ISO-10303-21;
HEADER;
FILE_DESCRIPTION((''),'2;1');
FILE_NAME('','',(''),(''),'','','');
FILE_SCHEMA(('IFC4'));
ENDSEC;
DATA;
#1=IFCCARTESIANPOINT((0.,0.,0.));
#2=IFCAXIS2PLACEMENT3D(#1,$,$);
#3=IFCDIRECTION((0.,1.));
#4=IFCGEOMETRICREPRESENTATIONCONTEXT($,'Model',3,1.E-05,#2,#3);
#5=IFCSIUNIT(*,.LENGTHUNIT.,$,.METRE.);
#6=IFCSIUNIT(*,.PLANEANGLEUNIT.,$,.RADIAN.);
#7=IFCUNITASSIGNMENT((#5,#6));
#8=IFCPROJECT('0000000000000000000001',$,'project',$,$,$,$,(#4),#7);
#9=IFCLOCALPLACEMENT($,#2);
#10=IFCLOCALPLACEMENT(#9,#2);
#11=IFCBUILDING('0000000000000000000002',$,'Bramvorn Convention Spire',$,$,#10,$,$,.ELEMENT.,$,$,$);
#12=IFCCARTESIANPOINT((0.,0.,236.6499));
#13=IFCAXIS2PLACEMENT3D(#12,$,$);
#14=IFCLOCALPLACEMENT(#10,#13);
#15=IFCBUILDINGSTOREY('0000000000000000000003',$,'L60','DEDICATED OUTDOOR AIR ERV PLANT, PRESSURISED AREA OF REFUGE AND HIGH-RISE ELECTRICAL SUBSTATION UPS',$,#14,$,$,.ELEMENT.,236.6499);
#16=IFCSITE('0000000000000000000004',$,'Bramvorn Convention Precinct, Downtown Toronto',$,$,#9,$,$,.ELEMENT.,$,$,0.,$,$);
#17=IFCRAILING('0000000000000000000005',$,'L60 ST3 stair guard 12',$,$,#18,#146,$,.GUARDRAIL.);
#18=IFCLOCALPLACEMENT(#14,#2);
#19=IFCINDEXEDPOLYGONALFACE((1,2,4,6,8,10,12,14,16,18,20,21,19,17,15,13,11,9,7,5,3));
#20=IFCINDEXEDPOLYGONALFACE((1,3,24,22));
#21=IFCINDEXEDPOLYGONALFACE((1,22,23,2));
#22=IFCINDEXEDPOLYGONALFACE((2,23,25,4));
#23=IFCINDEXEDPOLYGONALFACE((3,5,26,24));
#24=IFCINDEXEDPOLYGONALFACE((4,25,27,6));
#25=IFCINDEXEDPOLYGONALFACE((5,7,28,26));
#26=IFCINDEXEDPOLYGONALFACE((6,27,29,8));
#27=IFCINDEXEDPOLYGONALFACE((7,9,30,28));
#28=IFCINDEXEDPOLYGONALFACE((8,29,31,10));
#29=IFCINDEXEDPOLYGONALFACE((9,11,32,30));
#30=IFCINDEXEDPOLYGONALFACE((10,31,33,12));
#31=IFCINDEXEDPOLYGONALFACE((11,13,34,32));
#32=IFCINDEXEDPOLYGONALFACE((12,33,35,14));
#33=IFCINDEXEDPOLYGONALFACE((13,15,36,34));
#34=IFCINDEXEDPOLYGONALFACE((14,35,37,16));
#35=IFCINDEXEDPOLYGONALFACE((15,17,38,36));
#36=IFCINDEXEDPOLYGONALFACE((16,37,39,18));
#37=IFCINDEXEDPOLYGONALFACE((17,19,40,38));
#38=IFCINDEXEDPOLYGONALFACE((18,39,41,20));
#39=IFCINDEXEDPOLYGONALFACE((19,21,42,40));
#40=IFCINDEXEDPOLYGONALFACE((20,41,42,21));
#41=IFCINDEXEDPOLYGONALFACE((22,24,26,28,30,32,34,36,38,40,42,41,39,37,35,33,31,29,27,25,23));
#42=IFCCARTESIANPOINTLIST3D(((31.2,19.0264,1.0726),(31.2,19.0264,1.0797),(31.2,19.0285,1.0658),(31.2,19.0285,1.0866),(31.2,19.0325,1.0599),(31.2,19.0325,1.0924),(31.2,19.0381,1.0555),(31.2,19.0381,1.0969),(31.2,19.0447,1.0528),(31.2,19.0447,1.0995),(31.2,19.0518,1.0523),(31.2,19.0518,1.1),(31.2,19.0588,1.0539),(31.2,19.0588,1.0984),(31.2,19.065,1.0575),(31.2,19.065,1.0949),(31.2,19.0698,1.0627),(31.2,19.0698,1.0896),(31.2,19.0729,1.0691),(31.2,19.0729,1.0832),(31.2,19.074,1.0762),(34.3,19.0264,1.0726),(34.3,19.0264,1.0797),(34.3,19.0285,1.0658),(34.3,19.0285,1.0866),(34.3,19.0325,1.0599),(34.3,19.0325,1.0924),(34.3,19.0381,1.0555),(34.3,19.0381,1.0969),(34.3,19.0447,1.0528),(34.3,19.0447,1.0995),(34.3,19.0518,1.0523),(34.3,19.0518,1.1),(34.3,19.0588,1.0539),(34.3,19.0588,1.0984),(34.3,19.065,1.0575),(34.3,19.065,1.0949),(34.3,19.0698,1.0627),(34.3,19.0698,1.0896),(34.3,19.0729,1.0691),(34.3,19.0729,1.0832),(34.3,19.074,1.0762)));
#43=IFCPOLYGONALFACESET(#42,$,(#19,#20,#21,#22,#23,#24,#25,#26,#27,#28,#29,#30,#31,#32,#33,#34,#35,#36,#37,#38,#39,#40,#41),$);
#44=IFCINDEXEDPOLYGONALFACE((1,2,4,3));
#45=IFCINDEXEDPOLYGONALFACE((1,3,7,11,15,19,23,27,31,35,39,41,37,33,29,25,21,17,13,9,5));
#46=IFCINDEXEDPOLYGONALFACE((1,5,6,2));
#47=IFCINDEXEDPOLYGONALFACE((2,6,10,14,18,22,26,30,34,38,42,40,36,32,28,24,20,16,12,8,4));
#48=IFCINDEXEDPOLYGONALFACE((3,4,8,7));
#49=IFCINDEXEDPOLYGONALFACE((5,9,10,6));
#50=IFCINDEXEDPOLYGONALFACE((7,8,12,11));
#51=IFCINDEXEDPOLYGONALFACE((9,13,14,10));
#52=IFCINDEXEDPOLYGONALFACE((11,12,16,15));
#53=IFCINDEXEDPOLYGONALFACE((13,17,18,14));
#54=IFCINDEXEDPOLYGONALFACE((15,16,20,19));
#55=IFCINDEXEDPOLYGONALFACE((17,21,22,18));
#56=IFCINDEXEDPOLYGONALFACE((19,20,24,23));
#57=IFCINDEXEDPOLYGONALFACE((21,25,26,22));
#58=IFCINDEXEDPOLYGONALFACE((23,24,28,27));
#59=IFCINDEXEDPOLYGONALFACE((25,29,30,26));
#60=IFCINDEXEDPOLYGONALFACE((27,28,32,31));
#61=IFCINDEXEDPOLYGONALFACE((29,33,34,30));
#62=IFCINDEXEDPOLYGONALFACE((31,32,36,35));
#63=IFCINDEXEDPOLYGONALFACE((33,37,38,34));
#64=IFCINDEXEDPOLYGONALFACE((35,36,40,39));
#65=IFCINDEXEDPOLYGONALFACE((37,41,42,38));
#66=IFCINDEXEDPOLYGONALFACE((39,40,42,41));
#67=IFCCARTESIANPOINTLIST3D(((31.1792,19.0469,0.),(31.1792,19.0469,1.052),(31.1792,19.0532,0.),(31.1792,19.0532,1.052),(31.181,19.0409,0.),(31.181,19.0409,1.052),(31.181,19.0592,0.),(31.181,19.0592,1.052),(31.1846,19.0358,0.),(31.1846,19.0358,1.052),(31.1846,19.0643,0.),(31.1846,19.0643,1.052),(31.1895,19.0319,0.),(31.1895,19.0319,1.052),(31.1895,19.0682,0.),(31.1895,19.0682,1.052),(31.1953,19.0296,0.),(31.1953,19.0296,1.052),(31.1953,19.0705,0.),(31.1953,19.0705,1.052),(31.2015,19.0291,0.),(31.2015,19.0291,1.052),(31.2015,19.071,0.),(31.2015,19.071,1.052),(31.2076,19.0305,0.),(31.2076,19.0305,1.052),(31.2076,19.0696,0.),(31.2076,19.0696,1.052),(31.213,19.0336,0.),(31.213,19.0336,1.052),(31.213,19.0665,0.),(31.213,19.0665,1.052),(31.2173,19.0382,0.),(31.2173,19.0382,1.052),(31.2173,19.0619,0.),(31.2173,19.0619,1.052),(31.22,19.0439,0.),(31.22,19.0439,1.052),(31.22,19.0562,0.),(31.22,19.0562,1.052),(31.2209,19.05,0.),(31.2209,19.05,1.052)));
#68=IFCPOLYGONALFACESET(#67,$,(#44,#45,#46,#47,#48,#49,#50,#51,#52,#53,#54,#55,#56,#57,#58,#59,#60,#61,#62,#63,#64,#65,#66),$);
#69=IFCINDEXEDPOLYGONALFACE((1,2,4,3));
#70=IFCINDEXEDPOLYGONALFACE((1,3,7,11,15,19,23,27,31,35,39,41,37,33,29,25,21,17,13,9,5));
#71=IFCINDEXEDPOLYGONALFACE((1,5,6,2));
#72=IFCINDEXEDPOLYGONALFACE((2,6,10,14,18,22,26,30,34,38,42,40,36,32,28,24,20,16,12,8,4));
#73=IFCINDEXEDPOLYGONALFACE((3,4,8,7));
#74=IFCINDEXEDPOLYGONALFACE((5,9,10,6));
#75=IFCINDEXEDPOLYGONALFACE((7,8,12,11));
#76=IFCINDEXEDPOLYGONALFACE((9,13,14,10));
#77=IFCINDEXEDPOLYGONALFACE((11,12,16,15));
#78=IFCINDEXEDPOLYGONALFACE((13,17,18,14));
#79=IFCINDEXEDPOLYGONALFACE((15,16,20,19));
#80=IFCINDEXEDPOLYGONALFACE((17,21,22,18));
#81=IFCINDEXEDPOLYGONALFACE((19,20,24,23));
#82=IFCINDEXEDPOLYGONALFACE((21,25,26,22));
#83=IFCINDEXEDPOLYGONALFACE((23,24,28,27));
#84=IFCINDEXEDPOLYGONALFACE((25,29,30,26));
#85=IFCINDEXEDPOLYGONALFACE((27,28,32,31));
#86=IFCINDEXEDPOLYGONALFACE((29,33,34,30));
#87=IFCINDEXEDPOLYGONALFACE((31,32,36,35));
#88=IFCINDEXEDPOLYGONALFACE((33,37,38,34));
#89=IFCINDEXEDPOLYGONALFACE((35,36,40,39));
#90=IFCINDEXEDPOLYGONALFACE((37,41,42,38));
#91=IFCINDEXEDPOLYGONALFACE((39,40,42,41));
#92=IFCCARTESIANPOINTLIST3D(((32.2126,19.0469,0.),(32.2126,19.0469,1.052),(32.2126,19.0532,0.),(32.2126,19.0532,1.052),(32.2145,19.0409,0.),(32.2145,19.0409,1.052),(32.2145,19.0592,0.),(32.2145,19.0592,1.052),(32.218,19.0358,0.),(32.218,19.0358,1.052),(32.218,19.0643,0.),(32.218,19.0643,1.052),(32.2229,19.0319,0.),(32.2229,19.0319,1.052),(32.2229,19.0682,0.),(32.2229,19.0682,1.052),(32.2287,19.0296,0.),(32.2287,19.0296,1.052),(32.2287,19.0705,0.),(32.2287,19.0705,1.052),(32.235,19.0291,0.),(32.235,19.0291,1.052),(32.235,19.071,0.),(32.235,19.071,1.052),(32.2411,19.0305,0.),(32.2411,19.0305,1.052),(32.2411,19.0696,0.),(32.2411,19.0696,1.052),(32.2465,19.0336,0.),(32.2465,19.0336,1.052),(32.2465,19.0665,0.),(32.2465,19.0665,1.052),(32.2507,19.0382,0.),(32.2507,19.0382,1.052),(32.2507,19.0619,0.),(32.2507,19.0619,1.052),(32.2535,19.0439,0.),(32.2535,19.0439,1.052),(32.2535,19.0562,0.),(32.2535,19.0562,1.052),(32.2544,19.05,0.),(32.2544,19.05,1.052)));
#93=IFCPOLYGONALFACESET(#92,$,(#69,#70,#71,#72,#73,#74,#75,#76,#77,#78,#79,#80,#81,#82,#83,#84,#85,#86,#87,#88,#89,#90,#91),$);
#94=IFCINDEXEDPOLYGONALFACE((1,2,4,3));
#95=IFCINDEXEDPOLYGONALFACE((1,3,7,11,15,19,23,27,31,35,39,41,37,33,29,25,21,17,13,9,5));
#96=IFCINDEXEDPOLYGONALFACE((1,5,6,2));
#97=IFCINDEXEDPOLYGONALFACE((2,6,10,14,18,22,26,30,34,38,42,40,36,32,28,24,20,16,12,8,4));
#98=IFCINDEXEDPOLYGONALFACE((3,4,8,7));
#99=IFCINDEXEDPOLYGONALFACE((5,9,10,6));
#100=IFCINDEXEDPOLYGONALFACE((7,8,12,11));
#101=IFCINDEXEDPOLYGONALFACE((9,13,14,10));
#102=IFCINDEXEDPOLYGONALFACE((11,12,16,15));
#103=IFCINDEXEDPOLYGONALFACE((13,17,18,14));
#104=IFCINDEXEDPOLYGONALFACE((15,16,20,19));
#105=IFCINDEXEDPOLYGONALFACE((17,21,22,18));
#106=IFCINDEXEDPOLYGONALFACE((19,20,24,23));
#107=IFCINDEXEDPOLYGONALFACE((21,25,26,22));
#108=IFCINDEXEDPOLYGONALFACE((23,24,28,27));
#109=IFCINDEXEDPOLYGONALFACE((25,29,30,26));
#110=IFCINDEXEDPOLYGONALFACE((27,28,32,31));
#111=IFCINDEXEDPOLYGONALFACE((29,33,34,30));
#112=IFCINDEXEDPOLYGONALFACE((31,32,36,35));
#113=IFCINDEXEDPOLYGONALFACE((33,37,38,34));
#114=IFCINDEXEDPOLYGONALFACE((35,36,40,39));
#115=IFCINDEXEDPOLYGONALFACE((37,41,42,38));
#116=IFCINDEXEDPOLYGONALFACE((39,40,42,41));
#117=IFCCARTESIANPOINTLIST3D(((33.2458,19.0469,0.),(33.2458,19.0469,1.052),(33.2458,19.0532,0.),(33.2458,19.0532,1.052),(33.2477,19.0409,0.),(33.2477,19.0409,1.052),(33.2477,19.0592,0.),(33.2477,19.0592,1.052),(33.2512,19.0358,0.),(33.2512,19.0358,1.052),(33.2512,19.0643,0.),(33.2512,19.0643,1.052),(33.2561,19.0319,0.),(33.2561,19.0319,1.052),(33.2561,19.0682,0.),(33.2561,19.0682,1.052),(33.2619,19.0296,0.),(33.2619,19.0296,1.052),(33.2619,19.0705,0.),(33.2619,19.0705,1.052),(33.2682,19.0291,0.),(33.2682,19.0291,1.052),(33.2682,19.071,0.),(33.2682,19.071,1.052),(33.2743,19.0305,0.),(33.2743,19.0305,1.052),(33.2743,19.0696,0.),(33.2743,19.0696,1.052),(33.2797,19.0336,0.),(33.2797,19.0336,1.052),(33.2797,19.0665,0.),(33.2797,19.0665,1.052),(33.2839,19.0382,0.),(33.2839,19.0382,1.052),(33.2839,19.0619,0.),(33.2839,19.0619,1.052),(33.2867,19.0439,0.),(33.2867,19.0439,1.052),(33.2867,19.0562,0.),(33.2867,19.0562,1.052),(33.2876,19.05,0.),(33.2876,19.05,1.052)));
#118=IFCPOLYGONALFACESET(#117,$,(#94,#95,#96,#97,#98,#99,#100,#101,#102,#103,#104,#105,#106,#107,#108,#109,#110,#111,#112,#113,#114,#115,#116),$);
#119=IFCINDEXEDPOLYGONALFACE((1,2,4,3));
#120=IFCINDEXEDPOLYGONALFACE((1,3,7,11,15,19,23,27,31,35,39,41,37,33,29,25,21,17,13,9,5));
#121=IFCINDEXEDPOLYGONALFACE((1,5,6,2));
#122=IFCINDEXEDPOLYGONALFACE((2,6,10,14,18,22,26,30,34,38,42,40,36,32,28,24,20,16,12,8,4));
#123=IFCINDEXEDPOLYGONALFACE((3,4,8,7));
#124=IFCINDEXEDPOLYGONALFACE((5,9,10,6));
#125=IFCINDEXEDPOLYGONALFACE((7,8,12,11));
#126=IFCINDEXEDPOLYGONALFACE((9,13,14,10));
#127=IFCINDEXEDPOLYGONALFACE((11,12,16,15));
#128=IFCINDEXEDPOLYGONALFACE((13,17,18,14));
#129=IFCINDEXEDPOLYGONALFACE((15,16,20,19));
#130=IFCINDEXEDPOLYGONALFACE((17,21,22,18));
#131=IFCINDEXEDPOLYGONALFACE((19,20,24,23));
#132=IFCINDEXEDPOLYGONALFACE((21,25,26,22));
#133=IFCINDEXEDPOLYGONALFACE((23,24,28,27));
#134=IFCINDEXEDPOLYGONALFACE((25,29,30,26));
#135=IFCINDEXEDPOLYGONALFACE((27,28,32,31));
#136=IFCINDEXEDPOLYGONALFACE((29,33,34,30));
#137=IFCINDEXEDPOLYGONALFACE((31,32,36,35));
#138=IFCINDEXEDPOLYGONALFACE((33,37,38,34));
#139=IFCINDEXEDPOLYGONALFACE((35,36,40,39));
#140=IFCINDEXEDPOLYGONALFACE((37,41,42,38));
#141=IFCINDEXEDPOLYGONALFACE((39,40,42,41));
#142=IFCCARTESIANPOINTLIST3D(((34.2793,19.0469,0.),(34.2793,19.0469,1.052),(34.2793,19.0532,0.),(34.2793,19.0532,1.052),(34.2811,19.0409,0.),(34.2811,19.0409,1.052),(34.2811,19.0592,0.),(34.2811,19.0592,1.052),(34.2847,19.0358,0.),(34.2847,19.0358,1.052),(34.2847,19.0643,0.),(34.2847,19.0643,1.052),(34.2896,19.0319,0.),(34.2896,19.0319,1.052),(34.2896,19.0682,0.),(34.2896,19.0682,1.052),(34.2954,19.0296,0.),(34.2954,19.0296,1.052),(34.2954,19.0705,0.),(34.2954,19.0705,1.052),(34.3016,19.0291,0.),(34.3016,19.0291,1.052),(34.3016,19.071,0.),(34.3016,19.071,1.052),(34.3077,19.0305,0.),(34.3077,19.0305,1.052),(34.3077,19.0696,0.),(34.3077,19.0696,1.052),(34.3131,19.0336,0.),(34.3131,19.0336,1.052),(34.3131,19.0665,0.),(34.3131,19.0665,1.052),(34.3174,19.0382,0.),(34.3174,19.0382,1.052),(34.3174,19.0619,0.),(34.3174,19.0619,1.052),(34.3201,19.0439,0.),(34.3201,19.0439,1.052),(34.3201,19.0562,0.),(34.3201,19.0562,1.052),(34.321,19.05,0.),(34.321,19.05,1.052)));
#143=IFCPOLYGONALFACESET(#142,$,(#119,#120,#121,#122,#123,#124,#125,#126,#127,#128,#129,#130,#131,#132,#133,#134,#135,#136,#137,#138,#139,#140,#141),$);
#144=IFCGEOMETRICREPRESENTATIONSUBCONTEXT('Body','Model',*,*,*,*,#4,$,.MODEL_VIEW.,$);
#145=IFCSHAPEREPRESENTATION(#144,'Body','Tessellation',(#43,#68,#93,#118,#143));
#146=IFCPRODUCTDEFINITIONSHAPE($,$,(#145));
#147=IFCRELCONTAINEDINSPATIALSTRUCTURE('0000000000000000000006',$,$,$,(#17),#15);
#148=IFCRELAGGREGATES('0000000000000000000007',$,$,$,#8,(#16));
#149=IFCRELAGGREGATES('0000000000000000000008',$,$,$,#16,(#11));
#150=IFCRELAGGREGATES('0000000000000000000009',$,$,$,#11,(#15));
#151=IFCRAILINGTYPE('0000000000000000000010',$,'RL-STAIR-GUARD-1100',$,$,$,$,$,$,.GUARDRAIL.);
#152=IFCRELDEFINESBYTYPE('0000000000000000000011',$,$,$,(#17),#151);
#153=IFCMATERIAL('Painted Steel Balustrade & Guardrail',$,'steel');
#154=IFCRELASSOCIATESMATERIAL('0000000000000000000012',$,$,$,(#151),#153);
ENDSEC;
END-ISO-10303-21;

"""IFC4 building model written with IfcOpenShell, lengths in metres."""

from ifc_helpers import new_model, si_unit, direction, frame, origin, origin_2d, place, context, subcontext, project, spatial, circle, extrude, material, type_object, element, save


model = new_model("IFC4")

# Units and contexts
model_context = context("Model", 3, precision=1e-05, world=origin(), true_north=direction((0.0, 1.0)))
body_context = subcontext(model_context, "Body", "Model", "MODEL_VIEW")
ifc_project = project(units=[si_unit("LENGTHUNIT", "METRE"), si_unit("PLANEANGLEUNIT", "RADIAN")], contexts=[model_context])

# Site, building, storey
site_placement = place(None, origin())
site = spatial("IfcSite", under=ifc_project, at=site_placement, Name="Bramvorn Convention Precinct, Downtown Toronto", CompositionType="ELEMENT", RefElevation=0.0)
building_placement = place(site_placement, origin())
building = spatial("IfcBuilding", under=site, at=building_placement, Name="Bramvorn Convention Spire", CompositionType="ELEMENT")
storey_placement = place(building_placement, frame((0.0, 0.0, 236.6499)))
storey = spatial("IfcBuildingStorey", under=building, at=storey_placement, Name="L60", Description="DEDICATED OUTDOOR AIR ERV PLANT, PRESSURISED AREA OF REFUGE AND HIGH-RISE ELECTRICAL SUBSTATION UPS", CompositionType="ELEMENT", Elevation=236.6499)

# Railing
ifc_material_1 = material(Name="Painted Steel Balustrade & Guardrail", Category="steel")
railing_type = type_object("IfcRailingType", Name="RL-STAIR-GUARD-1100", PredefinedType="GUARDRAIL", material=ifc_material_1)
railing_1_placement = place(storey_placement, frame((31.2, 19.05, 0.0)))
element("IfcRailing", 1, at=railing_1_placement, inside=storey, type_object=railing_type, Name="L60 ST3 stair guard 12", PredefinedType="GUARDRAIL", context=body_context, shape_type="SweptSolid", body=[
    extrude(circle(Radius=0.0239, at=origin_2d()), frame((0.0, 0.0, 1.0762), z_axis=(1.0, 0.0, 0.0), x_axis=(0.0, 1.0, 0.0)), (0.0, 0.0, 1.0), 3.1001),
    extrude(circle(Radius=0.021, at=origin_2d()), origin(), (0.0, 0.0, 1.0), 1.052),
    extrude(circle(Radius=0.021, at=origin_2d()), frame((1.0334, 0.0, 0.0)), (0.0, 0.0, 1.0), 1.052),
    extrude(circle(Radius=0.021, at=origin_2d()), frame((2.0667, 0.0, 0.0)), (0.0, 0.0, 1.0), 1.052),
    extrude(circle(Radius=0.021, at=origin_2d()), frame((3.1001, 0.0, 0.0)), (0.0, 0.0, 1.0), 1.052),
])

save(model, "model.ifc")
